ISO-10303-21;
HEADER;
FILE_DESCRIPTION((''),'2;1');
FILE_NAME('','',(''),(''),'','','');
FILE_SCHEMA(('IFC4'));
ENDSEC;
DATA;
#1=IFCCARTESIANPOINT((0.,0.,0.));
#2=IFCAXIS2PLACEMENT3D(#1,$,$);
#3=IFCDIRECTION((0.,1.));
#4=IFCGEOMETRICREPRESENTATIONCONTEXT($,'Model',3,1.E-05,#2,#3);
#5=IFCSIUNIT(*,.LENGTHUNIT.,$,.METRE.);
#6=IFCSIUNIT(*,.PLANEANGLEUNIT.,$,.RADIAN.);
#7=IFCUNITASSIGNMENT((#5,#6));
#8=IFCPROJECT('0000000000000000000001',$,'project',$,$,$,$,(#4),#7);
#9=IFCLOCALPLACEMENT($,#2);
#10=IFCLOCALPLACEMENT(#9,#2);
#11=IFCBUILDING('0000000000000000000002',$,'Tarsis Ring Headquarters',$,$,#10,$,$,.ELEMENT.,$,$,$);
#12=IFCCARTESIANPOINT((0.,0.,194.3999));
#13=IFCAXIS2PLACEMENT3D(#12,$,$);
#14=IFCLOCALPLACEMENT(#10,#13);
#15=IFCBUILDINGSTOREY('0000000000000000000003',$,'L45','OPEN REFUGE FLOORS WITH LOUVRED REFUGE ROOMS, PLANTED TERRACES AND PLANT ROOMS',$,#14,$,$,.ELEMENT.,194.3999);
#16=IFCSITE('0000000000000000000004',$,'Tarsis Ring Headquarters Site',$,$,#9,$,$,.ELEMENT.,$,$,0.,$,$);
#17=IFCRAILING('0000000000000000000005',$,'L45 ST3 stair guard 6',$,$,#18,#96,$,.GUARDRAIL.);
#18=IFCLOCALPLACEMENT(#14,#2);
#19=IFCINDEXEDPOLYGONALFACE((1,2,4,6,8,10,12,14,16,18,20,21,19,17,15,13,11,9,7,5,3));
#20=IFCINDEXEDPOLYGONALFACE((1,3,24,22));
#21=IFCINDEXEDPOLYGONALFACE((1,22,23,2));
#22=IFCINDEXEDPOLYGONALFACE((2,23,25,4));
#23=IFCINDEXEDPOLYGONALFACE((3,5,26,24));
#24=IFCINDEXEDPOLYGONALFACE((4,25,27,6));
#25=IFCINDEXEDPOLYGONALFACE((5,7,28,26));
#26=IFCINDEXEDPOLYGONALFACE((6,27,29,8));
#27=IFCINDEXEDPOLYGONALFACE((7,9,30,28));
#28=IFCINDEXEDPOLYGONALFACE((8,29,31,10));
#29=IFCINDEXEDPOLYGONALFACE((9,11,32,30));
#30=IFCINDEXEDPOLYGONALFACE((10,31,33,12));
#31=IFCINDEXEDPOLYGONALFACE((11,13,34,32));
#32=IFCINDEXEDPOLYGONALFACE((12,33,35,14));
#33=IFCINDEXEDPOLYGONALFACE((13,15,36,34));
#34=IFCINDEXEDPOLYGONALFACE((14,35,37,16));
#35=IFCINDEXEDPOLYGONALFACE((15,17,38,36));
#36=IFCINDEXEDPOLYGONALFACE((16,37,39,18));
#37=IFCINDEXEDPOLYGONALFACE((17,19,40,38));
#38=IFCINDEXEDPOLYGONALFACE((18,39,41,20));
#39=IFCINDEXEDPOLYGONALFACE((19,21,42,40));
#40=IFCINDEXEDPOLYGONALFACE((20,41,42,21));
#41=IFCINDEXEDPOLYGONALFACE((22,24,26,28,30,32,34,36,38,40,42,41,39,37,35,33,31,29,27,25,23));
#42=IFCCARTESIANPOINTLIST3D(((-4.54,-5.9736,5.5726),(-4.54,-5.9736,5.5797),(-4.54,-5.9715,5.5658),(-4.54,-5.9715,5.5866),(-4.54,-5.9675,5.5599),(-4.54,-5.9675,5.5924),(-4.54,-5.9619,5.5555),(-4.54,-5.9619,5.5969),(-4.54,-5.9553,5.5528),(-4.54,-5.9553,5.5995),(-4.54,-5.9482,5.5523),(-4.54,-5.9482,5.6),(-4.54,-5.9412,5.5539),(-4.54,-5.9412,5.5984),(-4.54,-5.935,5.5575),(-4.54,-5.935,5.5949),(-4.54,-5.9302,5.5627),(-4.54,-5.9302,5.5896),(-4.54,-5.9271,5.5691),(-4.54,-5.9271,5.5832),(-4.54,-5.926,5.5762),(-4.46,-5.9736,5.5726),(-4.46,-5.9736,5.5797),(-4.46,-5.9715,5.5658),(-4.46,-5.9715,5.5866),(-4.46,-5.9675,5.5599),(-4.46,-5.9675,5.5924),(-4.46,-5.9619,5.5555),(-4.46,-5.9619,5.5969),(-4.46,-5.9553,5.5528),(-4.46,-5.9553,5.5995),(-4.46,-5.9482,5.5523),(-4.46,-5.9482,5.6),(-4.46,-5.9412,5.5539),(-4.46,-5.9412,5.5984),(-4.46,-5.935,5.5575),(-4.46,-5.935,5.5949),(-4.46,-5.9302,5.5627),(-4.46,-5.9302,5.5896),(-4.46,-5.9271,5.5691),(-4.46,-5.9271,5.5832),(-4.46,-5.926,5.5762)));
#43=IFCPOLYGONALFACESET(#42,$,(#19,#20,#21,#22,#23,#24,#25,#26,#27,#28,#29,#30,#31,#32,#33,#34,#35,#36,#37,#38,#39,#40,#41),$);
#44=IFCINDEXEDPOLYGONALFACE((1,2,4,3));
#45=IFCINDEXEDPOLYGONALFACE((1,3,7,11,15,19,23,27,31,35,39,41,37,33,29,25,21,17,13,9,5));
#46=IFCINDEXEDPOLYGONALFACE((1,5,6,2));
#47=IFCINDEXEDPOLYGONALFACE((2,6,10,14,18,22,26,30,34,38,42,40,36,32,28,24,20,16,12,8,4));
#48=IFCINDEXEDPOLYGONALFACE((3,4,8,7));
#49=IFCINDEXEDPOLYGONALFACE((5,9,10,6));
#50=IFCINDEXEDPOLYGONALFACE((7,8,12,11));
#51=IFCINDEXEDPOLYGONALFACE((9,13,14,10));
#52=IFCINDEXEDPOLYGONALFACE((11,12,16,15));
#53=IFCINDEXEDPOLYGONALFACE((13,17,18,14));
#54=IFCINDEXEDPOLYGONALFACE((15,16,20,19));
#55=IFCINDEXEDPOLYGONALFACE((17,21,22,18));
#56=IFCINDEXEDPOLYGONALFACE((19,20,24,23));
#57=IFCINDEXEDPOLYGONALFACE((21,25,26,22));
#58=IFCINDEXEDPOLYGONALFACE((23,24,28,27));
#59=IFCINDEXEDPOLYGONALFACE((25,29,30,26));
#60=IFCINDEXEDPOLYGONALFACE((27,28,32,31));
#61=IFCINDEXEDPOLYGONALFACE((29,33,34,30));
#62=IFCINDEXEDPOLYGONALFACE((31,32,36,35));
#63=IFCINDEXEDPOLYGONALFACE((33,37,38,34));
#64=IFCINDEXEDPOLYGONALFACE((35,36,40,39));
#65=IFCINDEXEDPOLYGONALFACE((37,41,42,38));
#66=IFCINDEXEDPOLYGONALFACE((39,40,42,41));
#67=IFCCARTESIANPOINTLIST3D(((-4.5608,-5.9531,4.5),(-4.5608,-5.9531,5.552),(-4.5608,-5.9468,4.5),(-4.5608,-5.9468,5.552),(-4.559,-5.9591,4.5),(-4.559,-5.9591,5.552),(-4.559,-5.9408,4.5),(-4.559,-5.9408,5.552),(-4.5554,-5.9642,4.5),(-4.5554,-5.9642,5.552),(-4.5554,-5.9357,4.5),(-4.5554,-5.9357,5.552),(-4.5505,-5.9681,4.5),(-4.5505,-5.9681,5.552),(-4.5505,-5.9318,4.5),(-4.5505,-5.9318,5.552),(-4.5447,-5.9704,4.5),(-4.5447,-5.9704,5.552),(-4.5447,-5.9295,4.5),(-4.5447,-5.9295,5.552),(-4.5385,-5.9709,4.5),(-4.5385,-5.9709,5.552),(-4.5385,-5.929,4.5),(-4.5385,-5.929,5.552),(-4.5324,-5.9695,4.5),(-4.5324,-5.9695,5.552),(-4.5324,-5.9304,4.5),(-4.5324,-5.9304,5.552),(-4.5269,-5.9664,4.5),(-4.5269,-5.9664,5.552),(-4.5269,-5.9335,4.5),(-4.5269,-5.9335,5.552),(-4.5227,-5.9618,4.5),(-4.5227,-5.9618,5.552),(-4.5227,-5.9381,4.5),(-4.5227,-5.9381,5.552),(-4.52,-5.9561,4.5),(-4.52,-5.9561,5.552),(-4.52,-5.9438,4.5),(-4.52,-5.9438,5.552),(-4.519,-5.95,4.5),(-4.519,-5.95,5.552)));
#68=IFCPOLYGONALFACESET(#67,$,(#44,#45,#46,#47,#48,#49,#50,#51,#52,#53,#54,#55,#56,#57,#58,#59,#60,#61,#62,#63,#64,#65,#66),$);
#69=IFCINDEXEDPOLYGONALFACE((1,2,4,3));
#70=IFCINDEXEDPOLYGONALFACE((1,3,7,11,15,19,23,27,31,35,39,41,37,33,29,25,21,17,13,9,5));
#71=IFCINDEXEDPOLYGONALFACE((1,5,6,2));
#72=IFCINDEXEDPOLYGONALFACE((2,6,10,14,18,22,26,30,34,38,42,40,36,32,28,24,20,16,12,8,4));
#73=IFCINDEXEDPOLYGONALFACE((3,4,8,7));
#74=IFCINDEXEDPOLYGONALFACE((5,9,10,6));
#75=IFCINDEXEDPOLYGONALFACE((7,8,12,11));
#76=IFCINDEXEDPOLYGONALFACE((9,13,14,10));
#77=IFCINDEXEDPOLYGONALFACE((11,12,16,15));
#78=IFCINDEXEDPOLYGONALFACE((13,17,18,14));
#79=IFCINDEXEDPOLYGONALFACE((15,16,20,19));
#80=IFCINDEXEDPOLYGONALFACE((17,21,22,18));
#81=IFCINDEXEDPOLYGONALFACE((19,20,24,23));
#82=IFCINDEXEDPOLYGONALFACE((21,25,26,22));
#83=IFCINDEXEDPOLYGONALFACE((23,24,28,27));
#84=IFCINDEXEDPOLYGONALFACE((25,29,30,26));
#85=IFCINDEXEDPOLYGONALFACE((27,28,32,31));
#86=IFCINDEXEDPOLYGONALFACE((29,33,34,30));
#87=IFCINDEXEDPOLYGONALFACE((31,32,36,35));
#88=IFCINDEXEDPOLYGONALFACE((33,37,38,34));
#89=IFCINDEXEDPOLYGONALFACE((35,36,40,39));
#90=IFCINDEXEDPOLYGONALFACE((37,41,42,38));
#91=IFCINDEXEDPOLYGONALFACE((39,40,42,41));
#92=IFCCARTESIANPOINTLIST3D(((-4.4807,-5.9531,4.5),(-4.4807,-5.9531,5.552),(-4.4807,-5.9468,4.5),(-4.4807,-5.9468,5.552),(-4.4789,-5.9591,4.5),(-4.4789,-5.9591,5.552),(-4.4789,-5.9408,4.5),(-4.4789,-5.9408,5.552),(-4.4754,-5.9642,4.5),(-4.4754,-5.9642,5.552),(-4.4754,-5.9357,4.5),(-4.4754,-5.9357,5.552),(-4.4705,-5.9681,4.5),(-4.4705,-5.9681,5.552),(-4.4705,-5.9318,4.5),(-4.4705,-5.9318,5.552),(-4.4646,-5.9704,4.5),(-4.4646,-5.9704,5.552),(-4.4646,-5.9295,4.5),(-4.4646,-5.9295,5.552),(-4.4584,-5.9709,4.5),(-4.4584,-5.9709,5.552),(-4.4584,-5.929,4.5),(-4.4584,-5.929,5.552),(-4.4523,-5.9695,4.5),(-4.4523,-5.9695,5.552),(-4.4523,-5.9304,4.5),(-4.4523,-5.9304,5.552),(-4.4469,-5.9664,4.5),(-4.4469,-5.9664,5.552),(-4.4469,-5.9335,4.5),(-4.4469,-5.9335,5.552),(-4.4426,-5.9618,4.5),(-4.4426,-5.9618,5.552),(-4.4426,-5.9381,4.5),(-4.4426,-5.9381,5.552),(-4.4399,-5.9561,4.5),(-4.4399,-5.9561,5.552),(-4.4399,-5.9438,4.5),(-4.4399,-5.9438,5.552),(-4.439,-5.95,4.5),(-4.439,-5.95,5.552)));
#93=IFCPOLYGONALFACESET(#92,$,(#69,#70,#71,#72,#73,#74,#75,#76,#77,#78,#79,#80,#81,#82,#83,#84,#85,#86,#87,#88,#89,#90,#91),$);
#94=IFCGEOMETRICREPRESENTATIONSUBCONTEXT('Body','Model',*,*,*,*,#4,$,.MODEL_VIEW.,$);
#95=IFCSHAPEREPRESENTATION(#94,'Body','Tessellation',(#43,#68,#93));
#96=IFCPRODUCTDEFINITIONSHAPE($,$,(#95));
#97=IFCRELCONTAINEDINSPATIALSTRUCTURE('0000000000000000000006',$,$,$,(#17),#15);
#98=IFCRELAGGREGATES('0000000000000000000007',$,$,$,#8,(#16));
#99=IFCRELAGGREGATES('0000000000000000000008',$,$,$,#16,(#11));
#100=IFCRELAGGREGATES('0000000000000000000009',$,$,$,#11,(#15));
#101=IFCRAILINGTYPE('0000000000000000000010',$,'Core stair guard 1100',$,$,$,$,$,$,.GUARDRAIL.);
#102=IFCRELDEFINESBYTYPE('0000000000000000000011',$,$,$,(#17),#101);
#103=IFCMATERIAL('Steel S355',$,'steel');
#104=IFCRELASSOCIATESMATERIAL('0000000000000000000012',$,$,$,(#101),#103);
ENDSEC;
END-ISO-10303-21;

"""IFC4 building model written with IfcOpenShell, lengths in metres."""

from ifc_helpers import new_model, si_unit, direction, frame, origin, origin_2d, place, context, subcontext, project, spatial, circle, extrude, material, type_object, element, save


model = new_model("IFC4")

# Units and contexts
model_context = context("Model", 3, precision=1e-05, world=origin(), true_north=direction((0.0, 1.0)))
body_context = subcontext(model_context, "Body", "Model", "MODEL_VIEW")
ifc_project = project(units=[si_unit("LENGTHUNIT", "METRE"), si_unit("PLANEANGLEUNIT", "RADIAN")], contexts=[model_context])

# Site, building, storey
site_placement = place(None, origin())
site = spatial("IfcSite", under=ifc_project, at=site_placement, Name="Tarsis Ring Headquarters Site", CompositionType="ELEMENT", RefElevation=0.0)
building_placement = place(site_placement, origin())
building = spatial("IfcBuilding", under=site, at=building_placement, Name="Tarsis Ring Headquarters", CompositionType="ELEMENT")
storey_placement = place(building_placement, frame((0.0, 0.0, 194.3999)))
storey = spatial("IfcBuildingStorey", under=building, at=storey_placement, Name="L45", Description="OPEN REFUGE FLOORS WITH LOUVRED REFUGE ROOMS, PLANTED TERRACES AND PLANT ROOMS", CompositionType="ELEMENT", Elevation=194.3999)

# Railing
ifc_material_1 = material(Name="Steel S355", Category="steel")
railing_type_1 = type_object("IfcRailingType", Name="Core stair guard 1100", PredefinedType="GUARDRAIL", material=ifc_material_1)
railing_1_placement = place(storey_placement, frame((-4.54, -5.95, 4.5)))
element("IfcRailing", 1, at=railing_1_placement, inside=storey, type_object=railing_type_1, Name="L45 ST3 stair guard 6", PredefinedType="GUARDRAIL", context=body_context, shape_type="SweptSolid", body=[
    extrude(circle(Radius=0.0239, at=origin_2d()), frame((0.0, 0.0, 1.0762), z_axis=(1.0, 0.0, 0.0), x_axis=(0.0, 1.0, 0.0)), (0.0, 0.0, 1.0), 0.0801),
    extrude(circle(Radius=0.021, at=origin_2d()), origin(), (0.0, 0.0, 1.0), 1.052),
    extrude(circle(Radius=0.021, at=origin_2d()), frame((0.0801, 0.0, 0.0)), (0.0, 0.0, 1.0), 1.052),
])

save(model, "model.ifc")
